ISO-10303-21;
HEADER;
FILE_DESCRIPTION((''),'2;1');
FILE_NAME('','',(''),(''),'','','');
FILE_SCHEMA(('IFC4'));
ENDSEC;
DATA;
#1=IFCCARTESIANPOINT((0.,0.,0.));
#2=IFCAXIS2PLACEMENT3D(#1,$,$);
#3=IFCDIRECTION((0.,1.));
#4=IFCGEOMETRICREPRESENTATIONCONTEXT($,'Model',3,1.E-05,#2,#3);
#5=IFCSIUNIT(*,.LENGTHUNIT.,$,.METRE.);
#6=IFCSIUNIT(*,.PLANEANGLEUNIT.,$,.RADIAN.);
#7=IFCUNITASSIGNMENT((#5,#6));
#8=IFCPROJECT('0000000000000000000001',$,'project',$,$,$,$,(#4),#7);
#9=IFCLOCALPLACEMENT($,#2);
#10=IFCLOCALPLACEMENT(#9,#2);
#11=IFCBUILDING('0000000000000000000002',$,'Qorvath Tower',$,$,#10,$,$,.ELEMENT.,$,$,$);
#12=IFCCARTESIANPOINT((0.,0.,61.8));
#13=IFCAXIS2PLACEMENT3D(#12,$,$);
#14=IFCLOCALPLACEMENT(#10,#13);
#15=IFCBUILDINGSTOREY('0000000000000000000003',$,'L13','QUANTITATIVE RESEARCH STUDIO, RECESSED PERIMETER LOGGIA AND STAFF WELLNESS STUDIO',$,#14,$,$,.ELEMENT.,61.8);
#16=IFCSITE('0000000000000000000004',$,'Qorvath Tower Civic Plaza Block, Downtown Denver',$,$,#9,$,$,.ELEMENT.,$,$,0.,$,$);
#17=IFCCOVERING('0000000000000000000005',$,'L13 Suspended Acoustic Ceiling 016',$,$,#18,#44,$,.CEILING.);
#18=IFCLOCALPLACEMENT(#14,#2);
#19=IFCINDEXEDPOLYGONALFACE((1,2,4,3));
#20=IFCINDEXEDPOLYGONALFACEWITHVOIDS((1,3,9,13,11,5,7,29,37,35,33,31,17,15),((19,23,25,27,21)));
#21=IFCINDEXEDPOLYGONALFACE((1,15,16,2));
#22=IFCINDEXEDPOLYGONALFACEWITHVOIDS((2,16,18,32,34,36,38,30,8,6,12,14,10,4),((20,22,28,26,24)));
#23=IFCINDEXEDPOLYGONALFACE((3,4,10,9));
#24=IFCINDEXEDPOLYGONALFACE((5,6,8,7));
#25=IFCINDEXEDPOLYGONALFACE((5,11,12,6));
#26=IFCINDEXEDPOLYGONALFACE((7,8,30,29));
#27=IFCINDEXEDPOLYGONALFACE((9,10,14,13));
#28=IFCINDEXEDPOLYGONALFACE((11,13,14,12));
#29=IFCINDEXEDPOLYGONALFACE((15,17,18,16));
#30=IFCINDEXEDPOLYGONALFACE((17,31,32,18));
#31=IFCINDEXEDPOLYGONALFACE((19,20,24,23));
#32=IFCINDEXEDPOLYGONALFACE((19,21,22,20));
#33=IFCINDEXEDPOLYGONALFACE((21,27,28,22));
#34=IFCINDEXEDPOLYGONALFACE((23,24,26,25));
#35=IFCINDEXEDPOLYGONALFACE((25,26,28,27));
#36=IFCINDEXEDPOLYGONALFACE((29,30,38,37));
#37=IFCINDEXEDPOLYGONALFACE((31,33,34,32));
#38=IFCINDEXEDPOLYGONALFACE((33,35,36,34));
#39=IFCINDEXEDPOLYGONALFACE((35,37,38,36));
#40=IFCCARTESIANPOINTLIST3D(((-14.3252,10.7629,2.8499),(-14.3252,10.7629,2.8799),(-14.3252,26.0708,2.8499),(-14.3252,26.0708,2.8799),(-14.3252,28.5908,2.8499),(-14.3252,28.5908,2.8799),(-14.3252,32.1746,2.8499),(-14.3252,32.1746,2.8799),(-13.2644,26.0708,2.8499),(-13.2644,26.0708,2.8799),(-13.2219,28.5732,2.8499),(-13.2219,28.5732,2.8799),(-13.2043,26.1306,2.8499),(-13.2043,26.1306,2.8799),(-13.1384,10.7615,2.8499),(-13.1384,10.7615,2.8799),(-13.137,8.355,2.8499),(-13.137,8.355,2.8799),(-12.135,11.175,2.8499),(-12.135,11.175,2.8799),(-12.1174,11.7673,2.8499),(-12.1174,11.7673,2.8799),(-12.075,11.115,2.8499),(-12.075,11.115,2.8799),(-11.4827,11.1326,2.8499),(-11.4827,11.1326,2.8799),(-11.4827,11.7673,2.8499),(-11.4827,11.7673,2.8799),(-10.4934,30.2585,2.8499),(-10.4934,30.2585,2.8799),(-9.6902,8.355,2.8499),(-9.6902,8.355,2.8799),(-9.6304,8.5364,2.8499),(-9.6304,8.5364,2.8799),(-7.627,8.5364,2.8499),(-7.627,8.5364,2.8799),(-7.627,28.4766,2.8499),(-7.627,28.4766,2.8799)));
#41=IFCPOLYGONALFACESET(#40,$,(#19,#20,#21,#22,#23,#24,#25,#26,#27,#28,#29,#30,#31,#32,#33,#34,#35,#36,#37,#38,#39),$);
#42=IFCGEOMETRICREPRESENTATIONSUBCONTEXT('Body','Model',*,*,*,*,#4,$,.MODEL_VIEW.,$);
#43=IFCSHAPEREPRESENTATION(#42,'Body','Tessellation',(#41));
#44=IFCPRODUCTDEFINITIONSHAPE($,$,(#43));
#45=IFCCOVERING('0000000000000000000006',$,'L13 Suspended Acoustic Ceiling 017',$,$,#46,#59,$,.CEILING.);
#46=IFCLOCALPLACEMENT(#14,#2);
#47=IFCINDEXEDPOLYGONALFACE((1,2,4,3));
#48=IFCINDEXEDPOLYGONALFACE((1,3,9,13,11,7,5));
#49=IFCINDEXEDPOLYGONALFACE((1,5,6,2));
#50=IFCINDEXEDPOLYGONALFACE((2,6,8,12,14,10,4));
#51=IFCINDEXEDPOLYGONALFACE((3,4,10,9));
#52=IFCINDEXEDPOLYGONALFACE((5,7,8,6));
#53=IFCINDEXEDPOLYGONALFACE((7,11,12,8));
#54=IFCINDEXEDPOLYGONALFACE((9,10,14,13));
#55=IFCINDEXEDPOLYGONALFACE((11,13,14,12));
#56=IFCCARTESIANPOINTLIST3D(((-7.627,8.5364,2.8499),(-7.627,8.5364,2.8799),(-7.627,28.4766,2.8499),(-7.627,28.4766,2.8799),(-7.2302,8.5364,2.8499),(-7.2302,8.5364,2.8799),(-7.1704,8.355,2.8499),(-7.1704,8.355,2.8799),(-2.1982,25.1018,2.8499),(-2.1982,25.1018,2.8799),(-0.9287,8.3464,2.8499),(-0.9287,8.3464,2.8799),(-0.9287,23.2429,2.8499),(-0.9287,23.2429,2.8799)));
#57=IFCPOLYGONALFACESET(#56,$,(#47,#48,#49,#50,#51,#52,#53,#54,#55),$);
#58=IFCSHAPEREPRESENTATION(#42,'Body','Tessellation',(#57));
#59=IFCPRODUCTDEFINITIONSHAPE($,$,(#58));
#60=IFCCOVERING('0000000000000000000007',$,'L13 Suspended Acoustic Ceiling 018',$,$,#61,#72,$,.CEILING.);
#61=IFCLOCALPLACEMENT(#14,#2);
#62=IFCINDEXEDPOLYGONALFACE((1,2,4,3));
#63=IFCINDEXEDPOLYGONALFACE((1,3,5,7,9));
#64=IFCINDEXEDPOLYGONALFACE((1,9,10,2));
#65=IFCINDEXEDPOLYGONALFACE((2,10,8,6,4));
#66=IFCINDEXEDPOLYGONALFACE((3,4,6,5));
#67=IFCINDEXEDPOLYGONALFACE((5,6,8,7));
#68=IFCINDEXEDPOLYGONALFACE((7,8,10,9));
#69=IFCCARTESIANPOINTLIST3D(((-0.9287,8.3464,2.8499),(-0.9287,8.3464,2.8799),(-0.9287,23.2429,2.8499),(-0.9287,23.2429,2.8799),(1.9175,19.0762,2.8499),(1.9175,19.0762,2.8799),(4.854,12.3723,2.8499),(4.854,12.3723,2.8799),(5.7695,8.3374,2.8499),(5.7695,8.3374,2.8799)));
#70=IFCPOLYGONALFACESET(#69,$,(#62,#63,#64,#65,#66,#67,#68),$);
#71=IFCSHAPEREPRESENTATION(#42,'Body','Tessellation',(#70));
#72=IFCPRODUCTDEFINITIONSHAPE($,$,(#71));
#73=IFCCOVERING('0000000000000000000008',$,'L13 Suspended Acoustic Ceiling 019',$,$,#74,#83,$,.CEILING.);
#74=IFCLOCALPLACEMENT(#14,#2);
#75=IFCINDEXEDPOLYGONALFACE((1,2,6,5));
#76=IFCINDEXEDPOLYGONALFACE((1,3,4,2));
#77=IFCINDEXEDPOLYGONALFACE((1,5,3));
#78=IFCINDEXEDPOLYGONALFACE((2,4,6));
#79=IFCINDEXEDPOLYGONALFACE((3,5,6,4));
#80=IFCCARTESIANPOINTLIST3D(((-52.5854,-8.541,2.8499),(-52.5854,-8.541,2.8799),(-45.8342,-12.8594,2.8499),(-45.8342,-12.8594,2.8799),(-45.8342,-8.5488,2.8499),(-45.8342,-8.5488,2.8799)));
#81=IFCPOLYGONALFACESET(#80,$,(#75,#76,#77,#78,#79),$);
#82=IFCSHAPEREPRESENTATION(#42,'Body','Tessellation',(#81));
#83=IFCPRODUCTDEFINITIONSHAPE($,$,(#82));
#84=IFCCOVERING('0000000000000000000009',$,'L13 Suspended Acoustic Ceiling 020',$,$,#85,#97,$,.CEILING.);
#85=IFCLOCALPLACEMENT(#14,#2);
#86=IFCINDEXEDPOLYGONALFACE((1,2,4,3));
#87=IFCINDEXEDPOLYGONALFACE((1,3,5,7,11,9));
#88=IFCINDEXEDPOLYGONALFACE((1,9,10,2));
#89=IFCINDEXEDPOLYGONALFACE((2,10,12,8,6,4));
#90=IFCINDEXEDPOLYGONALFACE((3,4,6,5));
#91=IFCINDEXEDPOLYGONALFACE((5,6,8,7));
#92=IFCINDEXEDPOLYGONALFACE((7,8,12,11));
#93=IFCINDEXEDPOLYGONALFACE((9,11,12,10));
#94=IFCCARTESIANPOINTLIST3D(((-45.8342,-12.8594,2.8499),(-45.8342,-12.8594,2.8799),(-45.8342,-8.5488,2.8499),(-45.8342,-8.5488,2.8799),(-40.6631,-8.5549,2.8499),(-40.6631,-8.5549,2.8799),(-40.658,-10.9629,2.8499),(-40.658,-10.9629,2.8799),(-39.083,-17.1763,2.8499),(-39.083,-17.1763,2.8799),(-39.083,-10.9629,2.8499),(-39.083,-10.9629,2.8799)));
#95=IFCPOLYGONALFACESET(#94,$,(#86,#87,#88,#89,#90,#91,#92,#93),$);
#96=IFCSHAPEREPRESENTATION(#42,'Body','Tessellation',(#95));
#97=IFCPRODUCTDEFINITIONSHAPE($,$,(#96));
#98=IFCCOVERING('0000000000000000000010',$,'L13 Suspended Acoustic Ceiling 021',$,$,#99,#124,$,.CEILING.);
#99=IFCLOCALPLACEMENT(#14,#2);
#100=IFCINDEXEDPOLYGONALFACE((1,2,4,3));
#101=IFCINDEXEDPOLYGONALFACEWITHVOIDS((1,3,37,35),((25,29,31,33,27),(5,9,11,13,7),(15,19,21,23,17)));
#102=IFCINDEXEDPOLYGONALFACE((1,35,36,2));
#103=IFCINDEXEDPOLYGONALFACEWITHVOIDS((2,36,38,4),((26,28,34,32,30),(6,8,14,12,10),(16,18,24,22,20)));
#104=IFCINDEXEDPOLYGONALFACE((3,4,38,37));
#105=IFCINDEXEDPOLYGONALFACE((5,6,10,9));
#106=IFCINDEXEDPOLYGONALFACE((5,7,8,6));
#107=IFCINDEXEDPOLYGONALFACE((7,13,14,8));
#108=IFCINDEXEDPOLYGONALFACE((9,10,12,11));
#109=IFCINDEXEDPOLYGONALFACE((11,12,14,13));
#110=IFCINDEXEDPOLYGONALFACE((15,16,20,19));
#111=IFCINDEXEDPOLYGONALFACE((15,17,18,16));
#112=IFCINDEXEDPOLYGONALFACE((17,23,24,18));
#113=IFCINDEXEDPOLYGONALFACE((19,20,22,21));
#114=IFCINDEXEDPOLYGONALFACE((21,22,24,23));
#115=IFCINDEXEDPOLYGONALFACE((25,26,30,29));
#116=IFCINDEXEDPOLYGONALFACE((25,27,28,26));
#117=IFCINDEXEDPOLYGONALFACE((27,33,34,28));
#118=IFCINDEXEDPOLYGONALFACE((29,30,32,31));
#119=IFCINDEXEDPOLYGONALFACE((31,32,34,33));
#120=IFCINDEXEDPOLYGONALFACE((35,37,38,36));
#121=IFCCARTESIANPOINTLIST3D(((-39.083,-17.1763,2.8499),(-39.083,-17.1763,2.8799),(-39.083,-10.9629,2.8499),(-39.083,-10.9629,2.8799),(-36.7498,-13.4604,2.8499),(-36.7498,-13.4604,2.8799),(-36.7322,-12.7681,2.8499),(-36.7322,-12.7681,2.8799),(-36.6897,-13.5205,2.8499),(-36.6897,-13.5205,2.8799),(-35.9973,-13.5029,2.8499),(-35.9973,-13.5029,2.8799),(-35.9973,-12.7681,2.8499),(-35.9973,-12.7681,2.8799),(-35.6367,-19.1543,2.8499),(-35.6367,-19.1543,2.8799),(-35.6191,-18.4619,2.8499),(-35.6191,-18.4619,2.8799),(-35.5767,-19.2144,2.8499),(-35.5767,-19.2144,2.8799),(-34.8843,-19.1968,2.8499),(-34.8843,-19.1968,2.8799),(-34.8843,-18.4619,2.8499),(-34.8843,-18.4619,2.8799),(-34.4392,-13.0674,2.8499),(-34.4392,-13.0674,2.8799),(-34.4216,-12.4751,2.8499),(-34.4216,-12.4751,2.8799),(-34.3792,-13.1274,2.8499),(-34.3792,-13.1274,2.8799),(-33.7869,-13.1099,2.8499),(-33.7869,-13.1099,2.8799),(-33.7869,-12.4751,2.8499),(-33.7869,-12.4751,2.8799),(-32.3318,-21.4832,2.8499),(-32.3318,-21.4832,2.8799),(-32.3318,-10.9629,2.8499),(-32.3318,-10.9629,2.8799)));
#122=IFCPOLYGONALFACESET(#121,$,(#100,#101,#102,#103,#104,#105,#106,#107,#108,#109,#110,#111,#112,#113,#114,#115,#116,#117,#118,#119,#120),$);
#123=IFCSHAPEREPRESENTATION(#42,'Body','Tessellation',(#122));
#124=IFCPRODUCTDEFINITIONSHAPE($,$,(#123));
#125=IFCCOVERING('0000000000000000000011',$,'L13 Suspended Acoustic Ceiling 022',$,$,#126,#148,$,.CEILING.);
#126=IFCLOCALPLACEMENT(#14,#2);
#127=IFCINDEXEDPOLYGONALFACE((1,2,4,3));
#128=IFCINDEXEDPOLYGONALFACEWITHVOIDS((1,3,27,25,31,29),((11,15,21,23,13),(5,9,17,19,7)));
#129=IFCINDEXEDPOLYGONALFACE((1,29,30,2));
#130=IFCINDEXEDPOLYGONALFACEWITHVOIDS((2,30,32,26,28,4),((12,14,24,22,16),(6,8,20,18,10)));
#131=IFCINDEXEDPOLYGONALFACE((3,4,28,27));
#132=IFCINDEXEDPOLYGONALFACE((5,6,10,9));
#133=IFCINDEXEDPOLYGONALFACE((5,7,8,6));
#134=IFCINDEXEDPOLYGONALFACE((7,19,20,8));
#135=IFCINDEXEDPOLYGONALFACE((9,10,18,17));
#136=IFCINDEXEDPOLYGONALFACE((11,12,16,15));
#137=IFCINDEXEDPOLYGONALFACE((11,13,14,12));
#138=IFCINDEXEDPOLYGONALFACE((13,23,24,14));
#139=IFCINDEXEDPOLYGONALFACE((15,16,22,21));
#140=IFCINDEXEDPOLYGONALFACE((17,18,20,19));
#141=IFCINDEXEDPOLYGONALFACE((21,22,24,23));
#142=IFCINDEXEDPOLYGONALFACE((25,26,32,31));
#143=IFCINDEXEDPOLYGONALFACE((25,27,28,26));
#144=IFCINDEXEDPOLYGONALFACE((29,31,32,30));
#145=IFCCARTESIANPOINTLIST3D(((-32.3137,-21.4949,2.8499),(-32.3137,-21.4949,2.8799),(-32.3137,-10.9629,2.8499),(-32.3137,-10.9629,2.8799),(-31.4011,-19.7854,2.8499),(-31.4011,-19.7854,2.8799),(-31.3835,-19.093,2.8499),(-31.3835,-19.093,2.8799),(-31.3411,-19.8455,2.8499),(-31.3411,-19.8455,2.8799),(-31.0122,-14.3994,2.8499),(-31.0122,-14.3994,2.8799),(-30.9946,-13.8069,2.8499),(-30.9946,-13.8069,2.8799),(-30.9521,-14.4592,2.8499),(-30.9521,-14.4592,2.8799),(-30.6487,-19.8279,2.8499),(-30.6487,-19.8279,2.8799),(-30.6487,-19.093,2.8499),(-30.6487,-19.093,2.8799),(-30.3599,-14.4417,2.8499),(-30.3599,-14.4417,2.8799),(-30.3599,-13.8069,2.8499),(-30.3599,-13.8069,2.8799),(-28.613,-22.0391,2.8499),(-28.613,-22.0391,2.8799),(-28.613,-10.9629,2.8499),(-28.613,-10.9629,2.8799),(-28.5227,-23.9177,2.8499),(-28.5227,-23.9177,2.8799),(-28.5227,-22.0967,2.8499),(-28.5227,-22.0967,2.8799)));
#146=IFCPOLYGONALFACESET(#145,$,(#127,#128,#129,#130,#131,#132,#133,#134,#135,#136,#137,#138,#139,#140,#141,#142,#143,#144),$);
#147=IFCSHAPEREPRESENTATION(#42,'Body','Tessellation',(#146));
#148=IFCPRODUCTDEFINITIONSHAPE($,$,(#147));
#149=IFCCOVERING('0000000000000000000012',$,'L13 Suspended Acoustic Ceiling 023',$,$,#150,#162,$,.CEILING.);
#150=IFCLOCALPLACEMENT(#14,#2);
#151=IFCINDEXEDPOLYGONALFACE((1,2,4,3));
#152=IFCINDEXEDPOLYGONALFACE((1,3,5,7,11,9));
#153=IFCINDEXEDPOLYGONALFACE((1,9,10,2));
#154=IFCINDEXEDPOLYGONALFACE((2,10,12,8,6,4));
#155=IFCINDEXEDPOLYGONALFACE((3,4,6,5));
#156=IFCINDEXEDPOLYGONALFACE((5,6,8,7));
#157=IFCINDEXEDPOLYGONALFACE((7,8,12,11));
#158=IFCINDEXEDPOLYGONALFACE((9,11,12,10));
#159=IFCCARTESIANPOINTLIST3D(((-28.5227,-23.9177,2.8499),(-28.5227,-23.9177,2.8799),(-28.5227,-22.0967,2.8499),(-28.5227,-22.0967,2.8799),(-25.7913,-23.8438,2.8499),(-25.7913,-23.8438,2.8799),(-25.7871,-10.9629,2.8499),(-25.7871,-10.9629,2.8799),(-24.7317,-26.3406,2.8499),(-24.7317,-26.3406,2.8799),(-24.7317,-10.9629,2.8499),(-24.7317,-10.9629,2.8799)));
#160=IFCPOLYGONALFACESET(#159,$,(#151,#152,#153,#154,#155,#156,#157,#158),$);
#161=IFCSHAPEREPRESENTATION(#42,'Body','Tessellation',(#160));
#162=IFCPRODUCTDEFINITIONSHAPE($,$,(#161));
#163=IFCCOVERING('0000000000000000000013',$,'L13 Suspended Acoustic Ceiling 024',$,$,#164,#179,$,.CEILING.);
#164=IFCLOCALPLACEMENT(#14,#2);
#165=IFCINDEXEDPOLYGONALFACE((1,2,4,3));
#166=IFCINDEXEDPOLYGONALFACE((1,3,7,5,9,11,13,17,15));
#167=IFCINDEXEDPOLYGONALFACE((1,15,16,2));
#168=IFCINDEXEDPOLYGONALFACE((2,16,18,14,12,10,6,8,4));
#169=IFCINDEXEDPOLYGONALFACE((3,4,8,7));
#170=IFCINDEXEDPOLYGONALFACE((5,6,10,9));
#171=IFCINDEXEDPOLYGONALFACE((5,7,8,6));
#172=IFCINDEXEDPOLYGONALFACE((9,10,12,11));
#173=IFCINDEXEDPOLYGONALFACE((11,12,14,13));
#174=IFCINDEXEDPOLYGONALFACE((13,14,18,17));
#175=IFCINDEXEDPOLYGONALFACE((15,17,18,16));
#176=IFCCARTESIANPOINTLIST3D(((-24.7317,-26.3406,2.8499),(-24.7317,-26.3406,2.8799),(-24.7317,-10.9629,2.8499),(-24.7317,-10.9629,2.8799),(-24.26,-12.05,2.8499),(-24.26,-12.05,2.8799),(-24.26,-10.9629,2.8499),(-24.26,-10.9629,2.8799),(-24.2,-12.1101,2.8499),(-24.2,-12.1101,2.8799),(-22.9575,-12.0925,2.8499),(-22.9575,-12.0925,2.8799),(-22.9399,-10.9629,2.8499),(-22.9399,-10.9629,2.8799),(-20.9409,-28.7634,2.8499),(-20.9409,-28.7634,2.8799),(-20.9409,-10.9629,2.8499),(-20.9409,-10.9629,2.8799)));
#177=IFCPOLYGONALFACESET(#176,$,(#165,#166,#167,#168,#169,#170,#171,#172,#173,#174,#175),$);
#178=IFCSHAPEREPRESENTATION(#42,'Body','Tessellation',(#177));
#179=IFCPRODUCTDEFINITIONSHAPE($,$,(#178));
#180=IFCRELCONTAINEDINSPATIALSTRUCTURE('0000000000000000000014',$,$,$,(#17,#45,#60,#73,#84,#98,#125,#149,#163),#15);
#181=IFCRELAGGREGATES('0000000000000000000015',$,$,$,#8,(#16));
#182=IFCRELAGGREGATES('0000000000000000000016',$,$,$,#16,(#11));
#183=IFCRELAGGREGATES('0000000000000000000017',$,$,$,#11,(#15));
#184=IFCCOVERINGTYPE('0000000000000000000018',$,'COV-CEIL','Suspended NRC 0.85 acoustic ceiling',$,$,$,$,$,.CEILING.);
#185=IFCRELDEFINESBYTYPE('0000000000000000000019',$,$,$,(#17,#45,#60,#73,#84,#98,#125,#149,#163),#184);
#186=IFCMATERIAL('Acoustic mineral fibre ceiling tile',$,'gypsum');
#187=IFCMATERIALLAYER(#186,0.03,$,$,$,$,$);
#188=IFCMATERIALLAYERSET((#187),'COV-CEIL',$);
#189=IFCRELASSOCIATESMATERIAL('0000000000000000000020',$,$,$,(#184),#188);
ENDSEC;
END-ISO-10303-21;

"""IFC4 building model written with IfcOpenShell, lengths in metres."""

from ifc_helpers import new_model, si_unit, direction, frame, origin, place, context, subcontext, project, spatial, polyline, outline, extrude, material, layer, layer_set, type_object, element, save


model = new_model("IFC4")

# Units and contexts
model_context = context("Model", 3, precision=1e-05, world=origin(), true_north=direction((0.0, 1.0)))
body_context = subcontext(model_context, "Body", "Model", "MODEL_VIEW")
ifc_project = project(units=[si_unit("LENGTHUNIT", "METRE"), si_unit("PLANEANGLEUNIT", "RADIAN")], contexts=[model_context])

# Site, building, storey
site_placement = place(None, origin())
site = spatial("IfcSite", under=ifc_project, at=site_placement, Name="Qorvath Tower Civic Plaza Block, Downtown Denver", CompositionType="ELEMENT", RefElevation=0.0)
building_placement = place(site_placement, origin())
building = spatial("IfcBuilding", under=site, at=building_placement, Name="Qorvath Tower", CompositionType="ELEMENT")
storey_placement = place(building_placement, frame((0.0, 0.0, 61.8)))
storey = spatial("IfcBuildingStorey", under=building, at=storey_placement, Name="L13", Description="QUANTITATIVE RESEARCH STUDIO, RECESSED PERIMETER LOGGIA AND STAFF WELLNESS STUDIO", CompositionType="ELEMENT", Elevation=61.8)

# Coverings
ifc_material_1 = material(Name="Acoustic mineral fibre ceiling tile", Category="gypsum")
ifc_layer_1 = layer(ifc_material_1, 0.03)
ifc_layer_set_1 = layer_set([ifc_layer_1], Name="COV-CEIL")
covering_type_1 = type_object("IfcCoveringType", Name="COV-CEIL", Description="Suspended NRC 0.85 acoustic ceiling", PredefinedType="CEILING", material=ifc_layer_set_1)
covering_1_placement = place(storey_placement, frame((0.0, 0.0, 2.8499)))
element("IfcCovering", 1, at=covering_1_placement, inside=storey, type_object=covering_type_1, Name="L13 Suspended Acoustic Ceiling 016", PredefinedType="CEILING", context=body_context, shape_type="SweptSolid", body=[
    extrude(outline(polyline([(-7.627, 8.5364), (-7.627, 28.4766), (-10.4934, 30.2585), (-14.3252, 32.1746), (-14.3252, 28.5908), (-13.2219, 28.5732), (-13.2043, 26.1306), (-13.2644, 26.0708), (-14.3252, 26.0708), (-14.3252, 10.7629), (-13.1384, 10.7615), (-13.137, 8.355), (-9.6902, 8.355), (-9.6304, 8.5364), (-7.627, 8.5364)]), holes=[polyline([(-12.135, 11.175), (-12.1174, 11.7673), (-11.4827, 11.7673), (-11.4827, 11.1326), (-12.075, 11.115), (-12.135, 11.175)])]), origin(), (0.0, 0.0, 1.0), 0.03),
])
covering_2_placement = place(storey_placement, frame((0.0, 0.0, 2.8499)))
element("IfcCovering", 2, at=covering_2_placement, inside=storey, type_object=covering_type_1, Name="L13 Suspended Acoustic Ceiling 017", PredefinedType="CEILING", context=body_context, shape_type="SweptSolid", body=[
    extrude(outline(polyline([(-0.9287, 8.3464), (-0.9287, 23.2429), (-2.1982, 25.1018), (-7.627, 28.4766), (-7.627, 8.5364), (-7.2302, 8.5364), (-7.1704, 8.355), (-0.9287, 8.3464)])), origin(), (0.0, 0.0, 1.0), 0.03),
])
covering_3_placement = place(storey_placement, frame((0.0, 0.0, 2.8499)))
element("IfcCovering", 3, at=covering_3_placement, inside=storey, type_object=covering_type_1, Name="L13 Suspended Acoustic Ceiling 018", PredefinedType="CEILING", context=body_context, shape_type="SweptSolid", body=[
    extrude(outline(polyline([(5.7695, 8.3374), (4.854, 12.3723), (1.9175, 19.0762), (-0.9287, 23.2429), (-0.9287, 8.3464), (5.7695, 8.3374)])), origin(), (0.0, 0.0, 1.0), 0.03),
])
covering_4_placement = place(storey_placement, frame((0.0, 0.0, 2.8499)))
element("IfcCovering", 4, at=covering_4_placement, inside=storey, type_object=covering_type_1, Name="L13 Suspended Acoustic Ceiling 019", PredefinedType="CEILING", context=body_context, shape_type="SweptSolid", body=[
    extrude(outline(polyline([(-45.8342, -12.8594), (-45.8342, -8.5488), (-52.5854, -8.541), (-45.8342, -12.8594)])), origin(), (0.0, 0.0, 1.0), 0.03),
])
covering_5_placement = place(storey_placement, frame((0.0, 0.0, 2.8499)))
element("IfcCovering", 5, at=covering_5_placement, inside=storey, type_object=covering_type_1, Name="L13 Suspended Acoustic Ceiling 020", PredefinedType="CEILING", context=body_context, shape_type="SweptSolid", body=[
    extrude(outline(polyline([(-39.083, -10.9629), (-40.658, -10.9629), (-40.6631, -8.5549), (-45.8342, -8.5488), (-45.8342, -12.8594), (-39.083, -17.1763), (-39.083, -10.9629)])), origin(), (0.0, 0.0, 1.0), 0.03),
])
covering_6_placement = place(storey_placement, frame((0.0, 0.0, 2.8499)))
element("IfcCovering", 6, at=covering_6_placement, inside=storey, type_object=covering_type_1, Name="L13 Suspended Acoustic Ceiling 021", PredefinedType="CEILING", context=body_context, shape_type="SweptSolid", body=[
    extrude(outline(polyline([(-32.3318, -21.4832), (-32.3318, -10.9629), (-39.083, -10.9629), (-39.083, -17.1763), (-32.3318, -21.4832)]), holes=[polyline([(-34.4392, -13.0674), (-34.4216, -12.4751), (-33.7869, -12.4751), (-33.7869, -13.1099), (-34.3792, -13.1274), (-34.4392, -13.0674)]), polyline([(-35.6367, -19.1543), (-35.6191, -18.4619), (-34.8843, -18.4619), (-34.8843, -19.1968), (-35.5767, -19.2144), (-35.6367, -19.1543)]), polyline([(-36.7498, -13.4604), (-36.7322, -12.7681), (-35.9973, -12.7681), (-35.9973, -13.5029), (-36.6897, -13.5205), (-36.7498, -13.4604)])]), origin(), (0.0, 0.0, 1.0), 0.03),
])
covering_7_placement = place(storey_placement, frame((0.0, 0.0, 2.8499)))
element("IfcCovering", 7, at=covering_7_placement, inside=storey, type_object=covering_type_1, Name="L13 Suspended Acoustic Ceiling 022", PredefinedType="CEILING", context=body_context, shape_type="SweptSolid", body=[
    extrude(outline(polyline([(-28.5227, -23.9177), (-28.5227, -22.0967), (-28.613, -22.0391), (-28.613, -10.9629), (-32.3137, -10.9629), (-32.3137, -21.4949), (-28.5227, -23.9177)]), holes=[polyline([(-31.0122, -14.3994), (-30.9946, -13.8069), (-30.3599, -13.8069), (-30.3599, -14.4417), (-30.9521, -14.4592), (-31.0122, -14.3994)]), polyline([(-31.4011, -19.7854), (-31.3835, -19.093), (-30.6487, -19.093), (-30.6487, -19.8279), (-31.3411, -19.8455), (-31.4011, -19.7854)])]), origin(), (0.0, 0.0, 1.0), 0.03),
])
covering_8_placement = place(storey_placement, frame((0.0, 0.0, 2.8499)))
element("IfcCovering", 8, at=covering_8_placement, inside=storey, type_object=covering_type_1, Name="L13 Suspended Acoustic Ceiling 023", PredefinedType="CEILING", context=body_context, shape_type="SweptSolid", body=[
    extrude(outline(polyline([(-24.7317, -26.3406), (-24.7317, -10.9629), (-25.7871, -10.9629), (-25.7913, -23.8438), (-28.5227, -22.0967), (-28.5227, -23.9177), (-24.7317, -26.3406)])), origin(), (0.0, 0.0, 1.0), 0.03),
])
covering_9_placement = place(storey_placement, frame((0.0, 0.0, 2.8499)))
element("IfcCovering", 9, at=covering_9_placement, inside=storey, type_object=covering_type_1, Name="L13 Suspended Acoustic Ceiling 024", PredefinedType="CEILING", context=body_context, shape_type="SweptSolid", body=[
    extrude(outline(polyline([(-20.9409, -28.7634), (-20.9409, -10.9629), (-22.9399, -10.9629), (-22.9575, -12.0925), (-24.2, -12.1101), (-24.26, -12.05), (-24.26, -10.9629), (-24.7317, -10.9629), (-24.7317, -26.3406), (-20.9409, -28.7634)])), origin(), (0.0, 0.0, 1.0), 0.03),
])

save(model, "model.ifc")
